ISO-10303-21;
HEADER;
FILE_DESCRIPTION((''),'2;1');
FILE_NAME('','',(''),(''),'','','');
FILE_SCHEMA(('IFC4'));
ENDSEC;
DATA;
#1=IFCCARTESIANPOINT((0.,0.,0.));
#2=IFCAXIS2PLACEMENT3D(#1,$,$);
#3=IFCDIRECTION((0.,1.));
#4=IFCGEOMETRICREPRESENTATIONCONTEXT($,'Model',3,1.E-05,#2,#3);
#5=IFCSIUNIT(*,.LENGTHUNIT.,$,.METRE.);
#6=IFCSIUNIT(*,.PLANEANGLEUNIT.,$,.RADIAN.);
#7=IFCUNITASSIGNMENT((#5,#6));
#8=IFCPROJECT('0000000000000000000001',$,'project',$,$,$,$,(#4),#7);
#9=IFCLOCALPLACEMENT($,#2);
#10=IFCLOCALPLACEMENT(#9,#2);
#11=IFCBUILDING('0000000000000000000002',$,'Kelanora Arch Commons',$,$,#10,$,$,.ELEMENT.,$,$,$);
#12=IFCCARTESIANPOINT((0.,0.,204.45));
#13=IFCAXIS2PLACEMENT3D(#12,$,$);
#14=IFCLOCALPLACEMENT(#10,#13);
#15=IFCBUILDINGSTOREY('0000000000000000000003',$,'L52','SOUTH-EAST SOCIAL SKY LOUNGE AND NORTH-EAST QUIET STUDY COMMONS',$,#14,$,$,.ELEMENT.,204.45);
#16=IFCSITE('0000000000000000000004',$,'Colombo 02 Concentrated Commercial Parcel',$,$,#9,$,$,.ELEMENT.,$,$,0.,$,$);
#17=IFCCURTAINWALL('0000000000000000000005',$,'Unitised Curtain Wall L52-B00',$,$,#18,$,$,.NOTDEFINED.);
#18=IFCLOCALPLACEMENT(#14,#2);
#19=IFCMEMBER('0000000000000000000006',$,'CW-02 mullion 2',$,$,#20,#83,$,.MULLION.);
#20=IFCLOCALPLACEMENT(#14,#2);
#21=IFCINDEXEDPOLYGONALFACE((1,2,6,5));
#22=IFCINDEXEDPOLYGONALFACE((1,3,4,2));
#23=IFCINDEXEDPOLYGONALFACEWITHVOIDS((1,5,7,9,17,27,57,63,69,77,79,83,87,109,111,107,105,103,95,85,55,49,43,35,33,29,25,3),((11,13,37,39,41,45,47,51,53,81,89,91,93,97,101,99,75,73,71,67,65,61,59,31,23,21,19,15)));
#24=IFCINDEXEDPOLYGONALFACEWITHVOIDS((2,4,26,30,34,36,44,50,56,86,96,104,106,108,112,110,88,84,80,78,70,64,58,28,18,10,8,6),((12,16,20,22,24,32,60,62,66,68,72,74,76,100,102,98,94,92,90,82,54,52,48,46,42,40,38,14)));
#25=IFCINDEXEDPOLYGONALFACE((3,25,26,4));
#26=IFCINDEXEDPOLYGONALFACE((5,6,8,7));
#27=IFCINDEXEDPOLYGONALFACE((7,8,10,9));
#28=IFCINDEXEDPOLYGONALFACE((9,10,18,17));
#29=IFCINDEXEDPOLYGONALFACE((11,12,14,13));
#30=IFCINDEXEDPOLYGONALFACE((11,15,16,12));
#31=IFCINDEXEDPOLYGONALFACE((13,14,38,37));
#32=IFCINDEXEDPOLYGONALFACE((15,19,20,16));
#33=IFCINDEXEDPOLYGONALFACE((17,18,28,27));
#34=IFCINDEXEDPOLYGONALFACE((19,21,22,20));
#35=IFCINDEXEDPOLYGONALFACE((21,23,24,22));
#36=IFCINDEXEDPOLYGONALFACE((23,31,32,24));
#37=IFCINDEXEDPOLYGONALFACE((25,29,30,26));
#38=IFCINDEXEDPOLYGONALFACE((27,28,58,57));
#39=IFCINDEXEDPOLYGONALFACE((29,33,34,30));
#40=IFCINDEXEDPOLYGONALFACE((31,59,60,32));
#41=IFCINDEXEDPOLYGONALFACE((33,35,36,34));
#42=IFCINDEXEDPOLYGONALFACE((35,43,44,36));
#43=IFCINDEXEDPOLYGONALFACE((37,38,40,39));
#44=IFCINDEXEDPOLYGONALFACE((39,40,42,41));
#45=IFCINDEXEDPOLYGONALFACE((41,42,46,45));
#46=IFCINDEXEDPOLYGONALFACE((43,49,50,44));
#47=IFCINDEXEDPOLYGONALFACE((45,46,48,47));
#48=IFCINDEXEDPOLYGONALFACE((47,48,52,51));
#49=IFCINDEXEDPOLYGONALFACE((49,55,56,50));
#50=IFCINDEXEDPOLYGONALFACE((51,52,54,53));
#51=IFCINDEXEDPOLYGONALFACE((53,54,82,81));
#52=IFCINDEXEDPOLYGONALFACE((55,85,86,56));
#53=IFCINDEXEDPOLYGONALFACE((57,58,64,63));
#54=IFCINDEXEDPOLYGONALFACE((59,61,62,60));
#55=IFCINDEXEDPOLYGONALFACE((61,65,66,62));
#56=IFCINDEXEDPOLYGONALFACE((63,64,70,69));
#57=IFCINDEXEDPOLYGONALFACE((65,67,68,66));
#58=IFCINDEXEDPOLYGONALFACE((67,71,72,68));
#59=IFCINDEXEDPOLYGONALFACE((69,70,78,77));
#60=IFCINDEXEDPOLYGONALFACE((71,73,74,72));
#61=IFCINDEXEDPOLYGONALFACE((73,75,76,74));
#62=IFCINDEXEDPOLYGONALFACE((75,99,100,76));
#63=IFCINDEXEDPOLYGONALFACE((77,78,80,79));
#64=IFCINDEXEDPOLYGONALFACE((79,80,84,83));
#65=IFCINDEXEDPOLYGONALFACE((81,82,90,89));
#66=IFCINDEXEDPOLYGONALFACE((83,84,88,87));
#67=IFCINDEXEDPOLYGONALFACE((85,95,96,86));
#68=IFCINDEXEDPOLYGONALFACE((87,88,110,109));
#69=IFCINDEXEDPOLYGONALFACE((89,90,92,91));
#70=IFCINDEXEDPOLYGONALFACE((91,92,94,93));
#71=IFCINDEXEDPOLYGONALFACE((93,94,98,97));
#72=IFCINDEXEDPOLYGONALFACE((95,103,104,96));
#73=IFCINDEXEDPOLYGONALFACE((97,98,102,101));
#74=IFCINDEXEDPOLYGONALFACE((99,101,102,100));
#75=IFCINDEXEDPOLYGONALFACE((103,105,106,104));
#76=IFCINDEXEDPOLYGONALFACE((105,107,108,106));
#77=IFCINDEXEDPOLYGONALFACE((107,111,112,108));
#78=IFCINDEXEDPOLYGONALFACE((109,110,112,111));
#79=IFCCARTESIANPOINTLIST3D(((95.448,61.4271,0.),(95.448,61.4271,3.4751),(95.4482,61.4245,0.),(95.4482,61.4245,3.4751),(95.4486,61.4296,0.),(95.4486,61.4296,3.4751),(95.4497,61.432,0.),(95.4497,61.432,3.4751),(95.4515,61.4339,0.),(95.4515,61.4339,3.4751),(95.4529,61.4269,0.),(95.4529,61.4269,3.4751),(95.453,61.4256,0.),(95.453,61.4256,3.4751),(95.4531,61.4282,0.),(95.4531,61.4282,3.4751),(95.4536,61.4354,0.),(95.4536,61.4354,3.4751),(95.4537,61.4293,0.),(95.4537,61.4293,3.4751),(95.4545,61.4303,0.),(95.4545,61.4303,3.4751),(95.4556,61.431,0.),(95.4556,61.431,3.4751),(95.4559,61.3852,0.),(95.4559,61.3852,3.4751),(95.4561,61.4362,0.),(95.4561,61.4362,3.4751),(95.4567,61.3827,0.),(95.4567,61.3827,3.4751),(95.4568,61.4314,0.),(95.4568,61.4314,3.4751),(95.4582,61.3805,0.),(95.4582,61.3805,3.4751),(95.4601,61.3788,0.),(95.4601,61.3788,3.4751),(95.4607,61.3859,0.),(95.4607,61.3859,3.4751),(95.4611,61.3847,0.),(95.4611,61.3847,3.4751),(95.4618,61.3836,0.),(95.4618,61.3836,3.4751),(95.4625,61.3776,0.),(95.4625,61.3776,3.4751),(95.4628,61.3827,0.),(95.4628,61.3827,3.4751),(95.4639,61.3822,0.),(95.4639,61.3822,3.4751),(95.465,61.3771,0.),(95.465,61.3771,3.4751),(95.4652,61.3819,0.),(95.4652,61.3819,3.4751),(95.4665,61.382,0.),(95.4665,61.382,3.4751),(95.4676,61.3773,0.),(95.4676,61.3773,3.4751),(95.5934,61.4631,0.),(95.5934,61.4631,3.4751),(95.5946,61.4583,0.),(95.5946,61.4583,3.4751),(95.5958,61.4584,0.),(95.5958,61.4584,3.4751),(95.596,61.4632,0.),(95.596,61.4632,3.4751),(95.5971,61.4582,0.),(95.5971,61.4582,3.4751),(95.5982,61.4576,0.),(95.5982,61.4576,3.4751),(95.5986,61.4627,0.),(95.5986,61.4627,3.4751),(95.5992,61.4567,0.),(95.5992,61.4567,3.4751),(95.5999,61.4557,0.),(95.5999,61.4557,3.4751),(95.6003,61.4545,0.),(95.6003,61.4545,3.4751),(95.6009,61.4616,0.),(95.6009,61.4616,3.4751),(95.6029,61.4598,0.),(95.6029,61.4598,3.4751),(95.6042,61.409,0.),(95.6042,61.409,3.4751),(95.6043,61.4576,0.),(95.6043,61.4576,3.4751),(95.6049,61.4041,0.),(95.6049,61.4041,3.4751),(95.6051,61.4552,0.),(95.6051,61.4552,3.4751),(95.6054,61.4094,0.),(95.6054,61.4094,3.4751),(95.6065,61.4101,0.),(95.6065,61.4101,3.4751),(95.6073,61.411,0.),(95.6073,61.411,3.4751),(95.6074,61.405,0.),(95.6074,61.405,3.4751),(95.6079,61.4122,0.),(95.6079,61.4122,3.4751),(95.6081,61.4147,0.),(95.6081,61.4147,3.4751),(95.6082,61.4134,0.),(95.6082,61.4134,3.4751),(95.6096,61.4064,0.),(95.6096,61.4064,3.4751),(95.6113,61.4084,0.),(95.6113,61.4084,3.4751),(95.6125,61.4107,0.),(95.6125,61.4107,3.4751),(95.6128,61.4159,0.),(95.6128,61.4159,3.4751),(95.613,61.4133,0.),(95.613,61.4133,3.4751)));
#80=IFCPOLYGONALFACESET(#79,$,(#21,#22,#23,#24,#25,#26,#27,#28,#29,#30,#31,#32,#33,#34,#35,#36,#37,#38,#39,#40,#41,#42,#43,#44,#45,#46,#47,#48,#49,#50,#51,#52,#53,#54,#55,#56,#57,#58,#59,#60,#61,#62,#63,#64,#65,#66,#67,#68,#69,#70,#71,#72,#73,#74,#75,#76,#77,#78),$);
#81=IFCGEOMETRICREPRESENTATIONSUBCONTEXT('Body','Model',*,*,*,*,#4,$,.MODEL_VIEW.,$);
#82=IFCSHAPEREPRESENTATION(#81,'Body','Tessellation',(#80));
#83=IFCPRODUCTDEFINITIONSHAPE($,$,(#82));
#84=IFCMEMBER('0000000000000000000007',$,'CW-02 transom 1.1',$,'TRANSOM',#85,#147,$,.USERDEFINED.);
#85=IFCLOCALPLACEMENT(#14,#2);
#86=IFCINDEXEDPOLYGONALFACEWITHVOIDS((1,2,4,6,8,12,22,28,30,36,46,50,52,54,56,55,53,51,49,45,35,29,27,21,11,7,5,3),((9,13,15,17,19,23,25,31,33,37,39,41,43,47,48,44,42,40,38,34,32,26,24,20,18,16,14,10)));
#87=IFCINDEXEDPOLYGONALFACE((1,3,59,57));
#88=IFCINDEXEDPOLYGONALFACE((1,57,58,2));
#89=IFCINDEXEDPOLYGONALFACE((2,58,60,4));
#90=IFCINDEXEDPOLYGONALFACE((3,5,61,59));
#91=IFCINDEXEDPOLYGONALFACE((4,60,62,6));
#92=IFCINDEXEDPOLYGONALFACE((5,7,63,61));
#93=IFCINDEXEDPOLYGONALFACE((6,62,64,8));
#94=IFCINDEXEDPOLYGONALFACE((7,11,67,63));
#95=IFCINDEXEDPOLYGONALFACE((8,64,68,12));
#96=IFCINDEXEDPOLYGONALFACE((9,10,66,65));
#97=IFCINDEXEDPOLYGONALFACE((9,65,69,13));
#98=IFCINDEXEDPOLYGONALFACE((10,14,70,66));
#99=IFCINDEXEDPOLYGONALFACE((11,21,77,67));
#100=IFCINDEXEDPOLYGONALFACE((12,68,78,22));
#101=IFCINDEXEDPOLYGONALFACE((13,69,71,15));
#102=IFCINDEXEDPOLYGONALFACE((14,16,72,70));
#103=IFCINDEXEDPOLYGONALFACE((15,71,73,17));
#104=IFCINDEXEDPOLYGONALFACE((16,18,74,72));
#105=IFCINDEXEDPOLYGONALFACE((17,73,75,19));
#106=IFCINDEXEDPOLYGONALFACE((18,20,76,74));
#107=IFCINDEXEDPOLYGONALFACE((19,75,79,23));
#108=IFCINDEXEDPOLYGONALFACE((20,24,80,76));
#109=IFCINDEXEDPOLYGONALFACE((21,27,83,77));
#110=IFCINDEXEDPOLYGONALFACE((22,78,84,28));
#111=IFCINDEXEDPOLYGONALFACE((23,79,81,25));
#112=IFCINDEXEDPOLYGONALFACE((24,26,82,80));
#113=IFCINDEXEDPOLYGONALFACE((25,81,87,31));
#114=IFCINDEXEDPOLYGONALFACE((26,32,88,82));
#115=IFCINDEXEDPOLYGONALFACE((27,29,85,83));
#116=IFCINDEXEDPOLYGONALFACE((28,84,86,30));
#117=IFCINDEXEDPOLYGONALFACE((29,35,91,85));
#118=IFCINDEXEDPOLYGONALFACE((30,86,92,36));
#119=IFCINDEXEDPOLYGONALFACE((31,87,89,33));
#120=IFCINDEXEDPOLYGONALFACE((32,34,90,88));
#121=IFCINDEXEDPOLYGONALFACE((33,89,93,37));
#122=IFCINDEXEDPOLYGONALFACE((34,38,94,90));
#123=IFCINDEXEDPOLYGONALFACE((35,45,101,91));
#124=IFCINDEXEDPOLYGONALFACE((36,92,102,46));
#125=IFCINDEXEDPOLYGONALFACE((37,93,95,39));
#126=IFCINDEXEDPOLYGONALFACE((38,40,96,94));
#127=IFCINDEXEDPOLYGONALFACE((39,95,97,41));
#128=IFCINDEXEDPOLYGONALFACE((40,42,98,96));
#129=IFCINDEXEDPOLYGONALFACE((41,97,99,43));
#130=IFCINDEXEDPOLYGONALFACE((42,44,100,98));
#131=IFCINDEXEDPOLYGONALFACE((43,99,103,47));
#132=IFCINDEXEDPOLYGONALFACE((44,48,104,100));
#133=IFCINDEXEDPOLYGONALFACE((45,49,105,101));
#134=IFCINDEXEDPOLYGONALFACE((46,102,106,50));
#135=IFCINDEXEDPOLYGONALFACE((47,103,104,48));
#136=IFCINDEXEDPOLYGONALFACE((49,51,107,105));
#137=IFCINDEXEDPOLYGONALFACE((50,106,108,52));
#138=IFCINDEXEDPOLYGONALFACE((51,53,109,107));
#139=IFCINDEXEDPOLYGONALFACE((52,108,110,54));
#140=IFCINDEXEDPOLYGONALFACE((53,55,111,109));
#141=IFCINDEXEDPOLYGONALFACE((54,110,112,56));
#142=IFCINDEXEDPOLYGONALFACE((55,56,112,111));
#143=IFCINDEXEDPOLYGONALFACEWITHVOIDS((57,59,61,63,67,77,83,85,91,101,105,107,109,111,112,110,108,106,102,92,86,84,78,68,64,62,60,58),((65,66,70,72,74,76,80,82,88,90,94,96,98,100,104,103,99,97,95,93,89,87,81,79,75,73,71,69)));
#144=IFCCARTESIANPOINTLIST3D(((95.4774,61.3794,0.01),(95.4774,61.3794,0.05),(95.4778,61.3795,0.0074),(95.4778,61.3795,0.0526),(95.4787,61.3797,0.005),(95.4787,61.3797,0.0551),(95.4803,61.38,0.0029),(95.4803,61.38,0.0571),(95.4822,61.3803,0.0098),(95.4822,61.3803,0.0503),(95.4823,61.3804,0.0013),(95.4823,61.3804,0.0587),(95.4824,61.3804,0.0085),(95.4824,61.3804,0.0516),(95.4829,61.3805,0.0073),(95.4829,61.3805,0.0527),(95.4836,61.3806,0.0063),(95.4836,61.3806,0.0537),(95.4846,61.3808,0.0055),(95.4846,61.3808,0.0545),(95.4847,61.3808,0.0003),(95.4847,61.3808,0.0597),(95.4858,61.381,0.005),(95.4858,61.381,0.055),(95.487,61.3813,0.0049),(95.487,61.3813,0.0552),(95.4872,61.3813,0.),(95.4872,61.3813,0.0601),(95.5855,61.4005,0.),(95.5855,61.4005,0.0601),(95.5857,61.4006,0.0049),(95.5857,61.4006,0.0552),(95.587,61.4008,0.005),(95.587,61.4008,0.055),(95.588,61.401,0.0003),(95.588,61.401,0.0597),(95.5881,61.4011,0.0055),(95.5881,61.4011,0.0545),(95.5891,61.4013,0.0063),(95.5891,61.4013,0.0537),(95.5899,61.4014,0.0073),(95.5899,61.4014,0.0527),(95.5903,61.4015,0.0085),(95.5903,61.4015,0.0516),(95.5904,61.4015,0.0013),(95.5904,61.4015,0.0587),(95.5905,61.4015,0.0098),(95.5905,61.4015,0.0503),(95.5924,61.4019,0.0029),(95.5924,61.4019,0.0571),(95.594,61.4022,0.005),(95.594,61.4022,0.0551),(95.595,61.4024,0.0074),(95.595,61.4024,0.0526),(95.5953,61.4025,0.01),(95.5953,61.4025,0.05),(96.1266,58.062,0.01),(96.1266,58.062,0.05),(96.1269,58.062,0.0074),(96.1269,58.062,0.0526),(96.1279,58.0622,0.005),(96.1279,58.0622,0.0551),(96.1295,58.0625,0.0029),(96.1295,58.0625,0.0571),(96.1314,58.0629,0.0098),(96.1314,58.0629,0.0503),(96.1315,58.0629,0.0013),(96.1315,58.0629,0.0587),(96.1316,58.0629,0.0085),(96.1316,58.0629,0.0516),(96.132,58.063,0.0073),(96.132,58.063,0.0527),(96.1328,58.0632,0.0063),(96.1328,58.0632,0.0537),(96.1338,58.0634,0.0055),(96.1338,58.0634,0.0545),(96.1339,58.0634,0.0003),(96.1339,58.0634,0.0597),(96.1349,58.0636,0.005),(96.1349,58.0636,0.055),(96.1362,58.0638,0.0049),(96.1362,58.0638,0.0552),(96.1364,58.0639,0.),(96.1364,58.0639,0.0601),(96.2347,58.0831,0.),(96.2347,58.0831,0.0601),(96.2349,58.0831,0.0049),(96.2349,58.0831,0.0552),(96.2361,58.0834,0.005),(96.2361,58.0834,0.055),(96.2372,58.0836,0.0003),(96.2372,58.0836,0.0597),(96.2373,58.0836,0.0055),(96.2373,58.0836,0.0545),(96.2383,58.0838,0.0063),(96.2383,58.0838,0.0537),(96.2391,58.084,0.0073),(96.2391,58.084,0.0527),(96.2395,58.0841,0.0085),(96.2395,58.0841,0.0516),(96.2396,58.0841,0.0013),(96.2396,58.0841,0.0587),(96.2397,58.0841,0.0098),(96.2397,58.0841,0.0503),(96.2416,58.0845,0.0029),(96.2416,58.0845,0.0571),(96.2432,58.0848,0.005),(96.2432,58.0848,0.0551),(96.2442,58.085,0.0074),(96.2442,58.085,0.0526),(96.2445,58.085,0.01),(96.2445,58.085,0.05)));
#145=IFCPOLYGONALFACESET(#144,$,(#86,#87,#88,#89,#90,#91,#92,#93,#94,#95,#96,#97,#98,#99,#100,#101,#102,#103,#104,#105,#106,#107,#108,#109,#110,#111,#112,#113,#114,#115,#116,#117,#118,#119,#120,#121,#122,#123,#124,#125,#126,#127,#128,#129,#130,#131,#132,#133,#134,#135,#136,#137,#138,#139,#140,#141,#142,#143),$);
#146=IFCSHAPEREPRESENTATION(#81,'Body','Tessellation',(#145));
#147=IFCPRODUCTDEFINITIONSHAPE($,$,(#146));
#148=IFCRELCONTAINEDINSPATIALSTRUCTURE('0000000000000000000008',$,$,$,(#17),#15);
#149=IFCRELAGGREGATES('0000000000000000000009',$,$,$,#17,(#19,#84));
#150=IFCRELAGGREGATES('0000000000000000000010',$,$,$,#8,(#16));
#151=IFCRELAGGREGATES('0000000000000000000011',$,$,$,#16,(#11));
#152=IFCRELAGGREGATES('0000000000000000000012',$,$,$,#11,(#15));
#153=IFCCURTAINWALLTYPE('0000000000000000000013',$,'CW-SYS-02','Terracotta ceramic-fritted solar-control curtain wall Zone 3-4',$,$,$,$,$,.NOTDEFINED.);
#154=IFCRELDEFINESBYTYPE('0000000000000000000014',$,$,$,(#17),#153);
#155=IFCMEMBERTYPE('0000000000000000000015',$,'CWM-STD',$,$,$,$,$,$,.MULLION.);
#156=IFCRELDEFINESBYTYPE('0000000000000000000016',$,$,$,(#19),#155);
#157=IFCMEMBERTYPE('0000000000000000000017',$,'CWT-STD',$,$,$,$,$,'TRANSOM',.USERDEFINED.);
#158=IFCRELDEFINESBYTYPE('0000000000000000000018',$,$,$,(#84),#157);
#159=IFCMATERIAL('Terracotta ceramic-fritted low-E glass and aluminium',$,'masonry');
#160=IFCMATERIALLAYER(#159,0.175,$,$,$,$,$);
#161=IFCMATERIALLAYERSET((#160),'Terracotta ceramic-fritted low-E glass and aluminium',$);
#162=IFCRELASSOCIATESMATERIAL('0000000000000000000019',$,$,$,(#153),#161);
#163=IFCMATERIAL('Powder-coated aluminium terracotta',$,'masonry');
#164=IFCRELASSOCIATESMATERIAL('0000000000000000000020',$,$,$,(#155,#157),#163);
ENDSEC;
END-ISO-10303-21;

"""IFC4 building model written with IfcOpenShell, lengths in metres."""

from ifc_helpers import new_model, si_unit, direction, frame, origin, origin_2d, place, context, subcontext, project, spatial, hollow_rectangle, extrude, material, layer, layer_set, material_profile, profile_set, type_object, element, aggregate, save


model = new_model("IFC4")

# Units and contexts
model_context = context("Model", 3, precision=1e-05, world=origin(), true_north=direction((0.0, 1.0)))
body_context = subcontext(model_context, "Body", "Model", "MODEL_VIEW")
ifc_project = project(units=[si_unit("LENGTHUNIT", "METRE"), si_unit("PLANEANGLEUNIT", "RADIAN")], contexts=[model_context])

# Site, building, storey
site_placement = place(None, origin())
site = spatial("IfcSite", under=ifc_project, at=site_placement, Name="Colombo 02 Concentrated Commercial Parcel", CompositionType="ELEMENT", RefElevation=0.0)
building_placement = place(site_placement, origin())
building = spatial("IfcBuilding", under=site, at=building_placement, Name="Kelanora Arch Commons", CompositionType="ELEMENT")
storey_placement = place(building_placement, frame((0.0, 0.0, 204.45)))
storey = spatial("IfcBuildingStorey", under=building, at=storey_placement, Name="L52", Description="SOUTH-EAST SOCIAL SKY LOUNGE AND NORTH-EAST QUIET STUDY COMMONS", CompositionType="ELEMENT", Elevation=204.45)

# Curtain wall, members
ifc_material_1 = material(Name="Terracotta ceramic-fritted low-E glass and aluminium", Category="masonry")
ifc_layer_1 = layer(ifc_material_1, 0.175)
ifc_layer_set_1 = layer_set([ifc_layer_1], Name="Terracotta ceramic-fritted low-E glass and aluminium")
curtain_wall_type = type_object("IfcCurtainWallType", Name="CW-SYS-02", Description="Terracotta ceramic-fritted solar-control curtain wall Zone 3-4", PredefinedType="NOTDEFINED", material=ifc_layer_set_1)
curtain_wall_placement = place(storey_placement, origin())
curtain_wall = element("IfcCurtainWall", 1, at=curtain_wall_placement, inside=storey, type_object=curtain_wall_type, Name="Unitised Curtain Wall L52-B00", PredefinedType="NOTDEFINED")
ifc_material_2 = material(Name="Powder-coated aluminium terracotta", Category="masonry")
ifc_material_profile_1 = material_profile(ifc_material_2, hollow_rectangle(XDim=0.1599, YDim=0.0601, WallThickness=0.0049, InnerFilletRadius=0.0049, OuterFilletRadius=0.01, at=origin_2d()), Name="CWM160x60")
ifc_profile_set_1 = profile_set([ifc_material_profile_1], Name="Powder-coated aluminium terracotta")
member_type_1 = type_object("IfcMemberType", Name="CWM-STD", PredefinedType="MULLION", material=ifc_profile_set_1)
member_1_placement = place(storey_placement, frame((95.5305, 61.4202, 0.0), z_axis=(0.0, 0.0, 1.0), x_axis=(-0.981381, -0.192069, 0.0)))
member_1 = element("IfcMember", 2, at=member_1_placement, type_object=member_type_1, Name="CW-02 mullion 2", PredefinedType="MULLION", context=body_context, shape_type="SweptSolid", body=[
    extrude(hollow_rectangle(XDim=0.1599, YDim=0.0601, WallThickness=0.0049, InnerFilletRadius=0.0049, OuterFilletRadius=0.01, at=origin_2d()), origin(), (0.0, 0.0, 1.0), 3.4751),
])
ifc_material_profile_2 = material_profile(ifc_material_2, hollow_rectangle(XDim=0.1201, YDim=0.0601, WallThickness=0.0049, InnerFilletRadius=0.0049, OuterFilletRadius=0.01, at=origin_2d()), Name="CWT120x60")
ifc_profile_set_2 = profile_set([ifc_material_profile_2], Name="Powder-coated aluminium terracotta")
member_type_2 = type_object("IfcMemberType", Name="CWT-STD", ElementType="TRANSOM", PredefinedType="USERDEFINED", material=ifc_profile_set_2)
member_2_placement = place(storey_placement, frame((96.1855, 58.0735, 0.03), z_axis=(-0.192045, 0.981386, 0.0), x_axis=(-0.981386, -0.192045, 0.0)))
member_2 = element("IfcMember", 3, at=member_2_placement, type_object=member_type_2, Name="CW-02 transom 1.1", ObjectType="TRANSOM", PredefinedType="USERDEFINED", context=body_context, shape_type="SweptSolid", body=[
    extrude(hollow_rectangle(XDim=0.1201, YDim=0.0601, WallThickness=0.0049, InnerFilletRadius=0.0049, OuterFilletRadius=0.01, at=origin_2d()), origin(), (0.0, 0.0, 1.0), 3.3804),
])
aggregate(curtain_wall, [member_1, member_2])

save(model, "model.ifc")
